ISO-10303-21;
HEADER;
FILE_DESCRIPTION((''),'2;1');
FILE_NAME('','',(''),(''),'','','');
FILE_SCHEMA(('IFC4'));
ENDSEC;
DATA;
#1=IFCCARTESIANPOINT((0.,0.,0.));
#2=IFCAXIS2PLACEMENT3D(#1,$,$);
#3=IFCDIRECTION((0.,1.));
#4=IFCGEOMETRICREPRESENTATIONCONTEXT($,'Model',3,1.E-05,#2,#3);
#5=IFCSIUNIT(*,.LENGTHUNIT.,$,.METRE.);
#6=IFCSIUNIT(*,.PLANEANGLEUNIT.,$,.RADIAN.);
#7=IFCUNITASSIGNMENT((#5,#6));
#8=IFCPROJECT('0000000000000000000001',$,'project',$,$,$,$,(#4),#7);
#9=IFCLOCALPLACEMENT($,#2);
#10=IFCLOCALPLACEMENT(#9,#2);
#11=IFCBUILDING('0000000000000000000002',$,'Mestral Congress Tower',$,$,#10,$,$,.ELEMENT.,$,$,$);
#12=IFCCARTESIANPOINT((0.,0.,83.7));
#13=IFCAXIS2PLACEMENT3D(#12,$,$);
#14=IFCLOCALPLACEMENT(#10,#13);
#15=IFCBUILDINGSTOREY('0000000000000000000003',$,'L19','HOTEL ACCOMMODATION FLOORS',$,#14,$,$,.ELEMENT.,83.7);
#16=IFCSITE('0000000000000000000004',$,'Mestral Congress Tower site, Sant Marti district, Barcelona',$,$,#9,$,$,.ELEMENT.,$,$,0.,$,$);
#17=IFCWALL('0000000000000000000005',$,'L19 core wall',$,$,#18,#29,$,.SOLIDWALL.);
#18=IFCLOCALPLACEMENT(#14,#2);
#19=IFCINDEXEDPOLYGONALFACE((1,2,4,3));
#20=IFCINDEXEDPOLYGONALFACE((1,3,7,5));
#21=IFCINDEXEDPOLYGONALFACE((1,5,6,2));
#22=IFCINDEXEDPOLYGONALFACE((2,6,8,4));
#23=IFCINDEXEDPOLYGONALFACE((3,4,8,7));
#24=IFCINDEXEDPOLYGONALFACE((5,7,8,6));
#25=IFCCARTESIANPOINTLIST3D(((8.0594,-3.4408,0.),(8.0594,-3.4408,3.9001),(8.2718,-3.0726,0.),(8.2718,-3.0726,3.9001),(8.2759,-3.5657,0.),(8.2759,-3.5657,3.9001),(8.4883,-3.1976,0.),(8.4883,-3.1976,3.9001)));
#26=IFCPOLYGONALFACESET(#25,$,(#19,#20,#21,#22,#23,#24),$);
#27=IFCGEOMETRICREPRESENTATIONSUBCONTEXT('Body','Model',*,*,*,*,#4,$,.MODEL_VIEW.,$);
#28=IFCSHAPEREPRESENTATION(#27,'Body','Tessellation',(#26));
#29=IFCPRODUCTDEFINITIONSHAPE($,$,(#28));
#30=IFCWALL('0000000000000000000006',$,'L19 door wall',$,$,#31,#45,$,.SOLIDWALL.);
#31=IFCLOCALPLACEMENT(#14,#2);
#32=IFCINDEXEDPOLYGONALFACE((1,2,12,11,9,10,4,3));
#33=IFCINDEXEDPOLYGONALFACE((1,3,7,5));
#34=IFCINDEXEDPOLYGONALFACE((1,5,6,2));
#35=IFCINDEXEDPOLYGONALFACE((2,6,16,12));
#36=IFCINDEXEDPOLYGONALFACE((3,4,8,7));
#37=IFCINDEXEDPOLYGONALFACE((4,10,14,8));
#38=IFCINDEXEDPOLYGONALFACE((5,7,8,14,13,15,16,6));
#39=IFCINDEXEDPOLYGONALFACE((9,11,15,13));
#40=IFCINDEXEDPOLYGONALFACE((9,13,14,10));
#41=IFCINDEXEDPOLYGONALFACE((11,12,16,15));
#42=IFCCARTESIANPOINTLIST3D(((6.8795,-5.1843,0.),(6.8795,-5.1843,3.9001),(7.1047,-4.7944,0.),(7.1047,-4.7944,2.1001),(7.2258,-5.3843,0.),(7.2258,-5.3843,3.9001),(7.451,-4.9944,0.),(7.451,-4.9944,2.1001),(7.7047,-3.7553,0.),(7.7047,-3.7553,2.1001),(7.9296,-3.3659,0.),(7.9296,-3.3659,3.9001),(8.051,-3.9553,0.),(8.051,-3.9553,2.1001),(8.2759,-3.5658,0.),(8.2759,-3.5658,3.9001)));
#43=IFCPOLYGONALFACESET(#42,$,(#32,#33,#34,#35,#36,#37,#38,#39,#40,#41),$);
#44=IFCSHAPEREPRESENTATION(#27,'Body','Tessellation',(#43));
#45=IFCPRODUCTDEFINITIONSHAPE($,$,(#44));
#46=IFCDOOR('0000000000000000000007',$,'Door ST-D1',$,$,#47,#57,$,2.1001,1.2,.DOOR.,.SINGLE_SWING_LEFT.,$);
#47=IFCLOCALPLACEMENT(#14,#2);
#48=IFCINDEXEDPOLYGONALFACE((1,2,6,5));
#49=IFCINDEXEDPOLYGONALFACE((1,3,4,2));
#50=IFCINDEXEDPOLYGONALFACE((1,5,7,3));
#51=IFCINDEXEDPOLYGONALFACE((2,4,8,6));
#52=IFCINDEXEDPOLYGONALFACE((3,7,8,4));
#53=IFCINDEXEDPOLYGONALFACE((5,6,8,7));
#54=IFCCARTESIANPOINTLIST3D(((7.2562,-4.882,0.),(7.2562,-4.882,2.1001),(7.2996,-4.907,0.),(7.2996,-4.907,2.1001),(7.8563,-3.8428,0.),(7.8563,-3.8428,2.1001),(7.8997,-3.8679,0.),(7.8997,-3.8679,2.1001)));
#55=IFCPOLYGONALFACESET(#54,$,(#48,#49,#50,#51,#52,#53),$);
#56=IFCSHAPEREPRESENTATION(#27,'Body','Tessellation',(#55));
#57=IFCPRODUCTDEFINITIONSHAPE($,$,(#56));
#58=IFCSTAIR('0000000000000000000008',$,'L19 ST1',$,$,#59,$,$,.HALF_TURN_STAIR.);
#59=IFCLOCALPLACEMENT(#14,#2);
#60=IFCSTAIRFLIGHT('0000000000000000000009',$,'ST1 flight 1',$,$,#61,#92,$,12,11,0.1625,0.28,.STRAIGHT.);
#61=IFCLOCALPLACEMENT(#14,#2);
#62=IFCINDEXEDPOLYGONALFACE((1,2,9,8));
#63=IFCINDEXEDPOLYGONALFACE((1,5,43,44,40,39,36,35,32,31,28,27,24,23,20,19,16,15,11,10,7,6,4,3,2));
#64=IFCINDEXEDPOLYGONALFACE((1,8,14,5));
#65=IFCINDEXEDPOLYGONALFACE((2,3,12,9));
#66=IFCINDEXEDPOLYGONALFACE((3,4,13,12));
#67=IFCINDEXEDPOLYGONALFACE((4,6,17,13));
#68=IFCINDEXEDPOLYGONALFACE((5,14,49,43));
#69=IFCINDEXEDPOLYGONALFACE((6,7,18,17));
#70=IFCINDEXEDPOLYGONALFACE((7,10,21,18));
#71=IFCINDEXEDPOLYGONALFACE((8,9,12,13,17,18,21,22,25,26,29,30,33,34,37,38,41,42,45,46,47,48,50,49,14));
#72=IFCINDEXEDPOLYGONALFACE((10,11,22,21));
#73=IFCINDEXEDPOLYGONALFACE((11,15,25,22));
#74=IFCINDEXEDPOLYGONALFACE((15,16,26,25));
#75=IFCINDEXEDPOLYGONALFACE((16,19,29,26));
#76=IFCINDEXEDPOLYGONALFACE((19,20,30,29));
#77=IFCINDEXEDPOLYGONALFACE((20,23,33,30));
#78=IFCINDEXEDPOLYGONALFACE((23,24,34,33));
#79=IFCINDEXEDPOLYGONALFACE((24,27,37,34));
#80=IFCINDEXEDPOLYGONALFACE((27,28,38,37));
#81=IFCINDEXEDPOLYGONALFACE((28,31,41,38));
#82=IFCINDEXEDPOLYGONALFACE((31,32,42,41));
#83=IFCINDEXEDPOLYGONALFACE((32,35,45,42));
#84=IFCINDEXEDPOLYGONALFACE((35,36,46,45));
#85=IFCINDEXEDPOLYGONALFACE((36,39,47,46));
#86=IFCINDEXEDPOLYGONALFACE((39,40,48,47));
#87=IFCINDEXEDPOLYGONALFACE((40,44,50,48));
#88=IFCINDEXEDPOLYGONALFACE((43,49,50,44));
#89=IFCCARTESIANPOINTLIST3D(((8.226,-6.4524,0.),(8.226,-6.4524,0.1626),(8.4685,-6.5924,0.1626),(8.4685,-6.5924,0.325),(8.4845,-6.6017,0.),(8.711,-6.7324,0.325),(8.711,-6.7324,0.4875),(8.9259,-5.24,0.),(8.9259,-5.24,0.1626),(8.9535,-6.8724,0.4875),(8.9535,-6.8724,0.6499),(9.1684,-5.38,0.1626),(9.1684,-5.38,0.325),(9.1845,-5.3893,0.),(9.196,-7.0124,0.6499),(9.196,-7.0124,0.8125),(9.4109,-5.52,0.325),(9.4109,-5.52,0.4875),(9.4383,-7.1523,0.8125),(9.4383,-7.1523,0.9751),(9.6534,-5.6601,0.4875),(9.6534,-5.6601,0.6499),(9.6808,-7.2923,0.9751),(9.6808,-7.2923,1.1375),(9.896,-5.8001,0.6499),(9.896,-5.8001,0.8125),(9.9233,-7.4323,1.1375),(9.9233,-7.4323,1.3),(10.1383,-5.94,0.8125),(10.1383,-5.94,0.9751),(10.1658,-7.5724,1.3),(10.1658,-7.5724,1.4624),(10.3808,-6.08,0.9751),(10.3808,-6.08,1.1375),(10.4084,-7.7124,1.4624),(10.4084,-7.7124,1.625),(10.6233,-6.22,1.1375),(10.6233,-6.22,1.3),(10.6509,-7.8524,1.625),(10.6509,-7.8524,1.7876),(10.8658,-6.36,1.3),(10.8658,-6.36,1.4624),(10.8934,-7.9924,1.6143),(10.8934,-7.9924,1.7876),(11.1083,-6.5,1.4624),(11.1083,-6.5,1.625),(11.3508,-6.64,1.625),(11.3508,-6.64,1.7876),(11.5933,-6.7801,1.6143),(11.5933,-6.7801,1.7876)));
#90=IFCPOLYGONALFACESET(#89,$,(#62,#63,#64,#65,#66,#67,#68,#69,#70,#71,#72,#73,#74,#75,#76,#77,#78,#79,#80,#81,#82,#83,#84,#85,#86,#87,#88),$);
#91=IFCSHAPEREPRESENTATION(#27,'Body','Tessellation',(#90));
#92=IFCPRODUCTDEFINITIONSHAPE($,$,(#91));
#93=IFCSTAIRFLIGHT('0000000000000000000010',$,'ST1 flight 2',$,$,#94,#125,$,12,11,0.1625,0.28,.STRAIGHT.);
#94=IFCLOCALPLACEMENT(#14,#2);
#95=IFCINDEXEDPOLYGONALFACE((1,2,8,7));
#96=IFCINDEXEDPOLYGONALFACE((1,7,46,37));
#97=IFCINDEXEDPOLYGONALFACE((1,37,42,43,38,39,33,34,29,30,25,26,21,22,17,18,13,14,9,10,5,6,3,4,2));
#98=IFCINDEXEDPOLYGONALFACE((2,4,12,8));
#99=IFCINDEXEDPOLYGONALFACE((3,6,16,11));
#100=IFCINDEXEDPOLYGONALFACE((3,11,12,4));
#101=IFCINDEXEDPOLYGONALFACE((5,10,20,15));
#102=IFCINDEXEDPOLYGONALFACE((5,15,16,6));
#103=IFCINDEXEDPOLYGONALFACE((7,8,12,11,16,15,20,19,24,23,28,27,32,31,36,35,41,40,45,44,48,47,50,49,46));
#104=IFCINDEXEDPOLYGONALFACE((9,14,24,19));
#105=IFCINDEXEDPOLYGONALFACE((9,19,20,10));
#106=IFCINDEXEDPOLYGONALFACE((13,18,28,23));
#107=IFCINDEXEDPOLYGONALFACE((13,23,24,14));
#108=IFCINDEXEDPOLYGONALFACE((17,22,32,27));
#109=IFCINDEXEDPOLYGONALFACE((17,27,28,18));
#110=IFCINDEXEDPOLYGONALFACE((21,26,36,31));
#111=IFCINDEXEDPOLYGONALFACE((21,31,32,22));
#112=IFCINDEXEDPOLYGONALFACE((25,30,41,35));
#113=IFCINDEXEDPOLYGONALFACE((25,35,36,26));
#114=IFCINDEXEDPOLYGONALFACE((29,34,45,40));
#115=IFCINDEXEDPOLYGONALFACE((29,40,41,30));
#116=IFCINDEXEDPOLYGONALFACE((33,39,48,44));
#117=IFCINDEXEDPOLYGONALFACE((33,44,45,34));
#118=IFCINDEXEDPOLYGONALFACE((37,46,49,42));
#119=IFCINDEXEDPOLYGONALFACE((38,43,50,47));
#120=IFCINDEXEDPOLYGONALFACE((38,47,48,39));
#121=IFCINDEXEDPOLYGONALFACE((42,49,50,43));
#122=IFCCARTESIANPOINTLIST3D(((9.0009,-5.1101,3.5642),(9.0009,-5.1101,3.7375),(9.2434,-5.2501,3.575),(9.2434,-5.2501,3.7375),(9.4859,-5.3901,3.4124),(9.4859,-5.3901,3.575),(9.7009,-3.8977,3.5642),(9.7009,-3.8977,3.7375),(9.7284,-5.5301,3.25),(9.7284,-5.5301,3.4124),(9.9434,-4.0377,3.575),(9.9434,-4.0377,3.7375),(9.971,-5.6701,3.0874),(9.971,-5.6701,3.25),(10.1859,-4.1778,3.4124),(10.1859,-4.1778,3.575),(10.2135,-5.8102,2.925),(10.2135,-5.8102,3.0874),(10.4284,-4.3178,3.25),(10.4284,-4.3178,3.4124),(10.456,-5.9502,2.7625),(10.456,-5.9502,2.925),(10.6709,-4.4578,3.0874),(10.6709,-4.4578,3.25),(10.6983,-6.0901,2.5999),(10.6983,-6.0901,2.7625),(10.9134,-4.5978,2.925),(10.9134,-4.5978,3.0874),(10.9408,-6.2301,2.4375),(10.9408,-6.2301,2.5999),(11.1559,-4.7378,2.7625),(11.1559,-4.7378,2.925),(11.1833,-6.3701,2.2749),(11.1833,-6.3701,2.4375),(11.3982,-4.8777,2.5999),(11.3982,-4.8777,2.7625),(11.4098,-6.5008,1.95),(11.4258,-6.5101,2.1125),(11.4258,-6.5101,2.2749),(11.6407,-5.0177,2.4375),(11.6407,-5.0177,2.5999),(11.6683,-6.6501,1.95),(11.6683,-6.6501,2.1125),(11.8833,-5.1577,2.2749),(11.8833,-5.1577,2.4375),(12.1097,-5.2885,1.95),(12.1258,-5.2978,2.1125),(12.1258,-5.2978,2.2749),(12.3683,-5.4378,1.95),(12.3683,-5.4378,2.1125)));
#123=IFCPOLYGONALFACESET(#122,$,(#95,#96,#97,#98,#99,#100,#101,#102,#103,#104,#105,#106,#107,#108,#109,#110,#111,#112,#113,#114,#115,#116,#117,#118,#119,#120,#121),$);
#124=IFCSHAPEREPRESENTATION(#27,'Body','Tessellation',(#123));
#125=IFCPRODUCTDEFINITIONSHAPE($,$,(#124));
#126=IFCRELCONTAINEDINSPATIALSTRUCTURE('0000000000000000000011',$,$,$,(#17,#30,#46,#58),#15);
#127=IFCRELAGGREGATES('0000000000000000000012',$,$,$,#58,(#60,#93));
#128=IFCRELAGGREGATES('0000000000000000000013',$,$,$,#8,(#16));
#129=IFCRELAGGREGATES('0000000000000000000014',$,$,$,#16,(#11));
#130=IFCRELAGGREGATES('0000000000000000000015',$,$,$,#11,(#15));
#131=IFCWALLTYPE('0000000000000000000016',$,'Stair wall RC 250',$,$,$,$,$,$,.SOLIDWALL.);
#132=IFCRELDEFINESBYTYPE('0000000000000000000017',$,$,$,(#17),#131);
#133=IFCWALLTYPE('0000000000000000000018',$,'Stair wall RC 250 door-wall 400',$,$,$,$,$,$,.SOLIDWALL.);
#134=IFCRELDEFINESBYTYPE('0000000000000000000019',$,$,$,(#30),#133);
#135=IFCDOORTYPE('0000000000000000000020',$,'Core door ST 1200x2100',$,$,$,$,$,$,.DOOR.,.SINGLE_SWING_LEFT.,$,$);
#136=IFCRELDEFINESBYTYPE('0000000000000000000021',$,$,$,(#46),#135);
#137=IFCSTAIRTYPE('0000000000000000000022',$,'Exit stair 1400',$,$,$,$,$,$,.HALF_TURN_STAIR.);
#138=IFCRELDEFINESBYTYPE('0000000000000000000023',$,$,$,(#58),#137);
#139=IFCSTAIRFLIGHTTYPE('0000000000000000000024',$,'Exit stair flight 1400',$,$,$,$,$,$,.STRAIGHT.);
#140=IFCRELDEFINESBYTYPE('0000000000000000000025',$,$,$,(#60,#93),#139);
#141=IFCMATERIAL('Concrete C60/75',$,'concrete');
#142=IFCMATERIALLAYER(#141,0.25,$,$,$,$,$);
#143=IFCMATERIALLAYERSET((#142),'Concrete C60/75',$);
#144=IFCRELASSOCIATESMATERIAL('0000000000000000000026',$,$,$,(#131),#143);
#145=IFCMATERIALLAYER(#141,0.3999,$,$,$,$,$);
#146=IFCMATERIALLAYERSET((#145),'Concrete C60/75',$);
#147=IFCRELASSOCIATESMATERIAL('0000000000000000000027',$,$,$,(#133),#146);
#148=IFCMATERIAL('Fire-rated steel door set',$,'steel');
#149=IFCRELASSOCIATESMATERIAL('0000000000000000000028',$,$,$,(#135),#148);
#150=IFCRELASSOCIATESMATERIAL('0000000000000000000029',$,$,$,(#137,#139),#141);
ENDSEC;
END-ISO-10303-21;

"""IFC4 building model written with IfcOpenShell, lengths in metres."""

from ifc_helpers import new_model, si_unit, direction, frame, frame_2d, origin, place, context, subcontext, project, spatial, polyline, rectangle, outline, extrude, material, layer, layer_set, type_object, element, fill, aggregate, save


model = new_model("IFC4")

# Units and contexts
model_context = context("Model", 3, precision=1e-05, world=origin(), true_north=direction((0.0, 1.0)))
body_context = subcontext(model_context, "Body", "Model", "MODEL_VIEW")
ifc_project = project(units=[si_unit("LENGTHUNIT", "METRE"), si_unit("PLANEANGLEUNIT", "RADIAN")], contexts=[model_context])

# Site, building, storey
site_placement = place(None, origin())
site = spatial("IfcSite", under=ifc_project, at=site_placement, Name="Mestral Congress Tower site, Sant Marti district, Barcelona", CompositionType="ELEMENT", RefElevation=0.0)
building_placement = place(site_placement, origin())
building = spatial("IfcBuilding", under=site, at=building_placement, Name="Mestral Congress Tower", CompositionType="ELEMENT")
storey_placement = place(building_placement, frame((0.0, 0.0, 83.7)))
storey = spatial("IfcBuildingStorey", under=building, at=storey_placement, Name="L19", Description="HOTEL ACCOMMODATION FLOORS", CompositionType="ELEMENT", Elevation=83.7)

# Shared definitions
ifc_material_1 = material(Name="Fire-rated steel door set", Category="steel")

# Shared definitions
ifc_material_2 = material(Name="Concrete C60/75", Category="concrete")

# Wall
ifc_layer_1 = layer(ifc_material_2, 0.25)
ifc_layer_set_1 = layer_set([ifc_layer_1], Name="Concrete C60/75")
wall_type_1 = type_object("IfcWallType", Name="Stair wall RC 250", PredefinedType="SOLIDWALL", material=ifc_layer_set_1)
wall_1_placement = place(storey_placement, frame((8.1677, -3.5032, 0.0), z_axis=(0.0, 0.0, 1.0), x_axis=(0.499722, 0.866186, 0.0)))
element("IfcWall", 1, at=wall_1_placement, inside=storey, type_object=wall_type_1, Name="L19 core wall", PredefinedType="SOLIDWALL", context=body_context, shape_type="SweptSolid", body=[
    extrude(rectangle(XDim=0.425, YDim=0.25, at=frame_2d((0.2124, 0.0))), origin(), (0.0, 0.0, 1.0), 3.9001),
])

# Wall, opening, door
ifc_layer_2 = layer(ifc_material_2, 0.3999)
ifc_layer_set_2 = layer_set([ifc_layer_2], Name="Concrete C60/75")
wall_type_2 = type_object("IfcWallType", Name="Stair wall RC 250 door-wall 400", PredefinedType="SOLIDWALL", material=ifc_layer_set_2)
wall_2_placement = place(storey_placement, frame((7.0527, -5.2842, 0.0), z_axis=(0.0, 0.0, 1.0), x_axis=(0.500078, 0.86598, 0.0)))
wall_2 = element("IfcWall", 2, at=wall_2_placement, inside=storey, type_object=wall_type_2, Name="L19 door wall", PredefinedType="SOLIDWALL", context=body_context, shape_type="SweptSolid", body=[
    extrude(rectangle(XDim=2.0999, YDim=0.3999, at=frame_2d((1.0498, 0.0))), origin(), (0.0, 0.0, 1.0), 3.9001),
])
opening_1_placement = place(wall_2_placement, frame((0.45, 0.0, 0.0)))
opening_1 = element("IfcOpeningElement", 3, at=opening_1_placement, cuts=wall_2, PredefinedType="OPENING", context=body_context, shape_type="SweptSolid", body=[
    extrude(rectangle(XDim=1.2, YDim=2.1001, at=frame_2d((0.6001, 1.05))), frame((0.0, 0.21, 0.0), z_axis=(0.0, -1.0, 0.0), x_axis=(1.0, 0.0, 0.0)), (0.0, 0.0, 1.0), 0.4199),
])
door_type_1 = type_object("IfcDoorType", Name="Core door ST 1200x2100", OperationType="SINGLE_SWING_LEFT", PredefinedType="DOOR", material=ifc_material_1)
door_1_placement = place(opening_1_placement, origin())
door_1 = element("IfcDoor", 4, at=door_1_placement, inside=storey, type_object=door_type_1, Name="Door ST-D1", OperationType="SINGLE_SWING_LEFT", OverallHeight=2.1001, OverallWidth=1.2, PredefinedType="DOOR", context=body_context, shape_type="SweptSolid", body=[
    extrude(rectangle(XDim=1.2, YDim=2.1001, at=frame_2d((0.6001, 1.05))), frame((0.0, 0.0249, 0.0), z_axis=(0.0, -1.0, 0.0), x_axis=(1.0, 0.0, 0.0)), (0.0, 0.0, 1.0), 0.05),
])
fill(opening_1, door_1)

# Stair, stair flights
stair_type = type_object("IfcStairType", Name="Exit stair 1400", PredefinedType="HALF_TURN_STAIR", material=ifc_material_2)
stair_placement = place(storey_placement, origin())
stair = element("IfcStair", 5, at=stair_placement, inside=storey, type_object=stair_type, Name="L19 ST1", PredefinedType="HALF_TURN_STAIR")
stair_flight_type = type_object("IfcStairFlightType", Name="Exit stair flight 1400", PredefinedType="STRAIGHT", material=ifc_material_2)
stair_flight_1_placement = place(storey_placement, frame((8.5759, -5.8462, 0.0), z_axis=(0.0, 0.0, 1.0), x_axis=(0.866025, -0.5, 0.0)))
stair_flight_1 = element("IfcStairFlight", 6, at=stair_flight_1_placement, type_object=stair_flight_type, Name="ST1 flight 1", NumberOfRisers=12, NumberOfTreads=11, PredefinedType="STRAIGHT", RiserHeight=0.1625, TreadLength=0.28, context=body_context, shape_type="SweptSolid", body=[
    extrude(outline(polyline([(0.0, 0.0), (0.0, 0.1626), (0.28, 0.1626), (0.28, 0.325), (0.5601, 0.325), (0.5601, 0.4875), (0.8401, 0.4875), (0.8401, 0.6499), (1.1201, 0.6499), (1.1201, 0.8125), (1.3999, 0.8125), (1.3999, 0.9751), (1.6799, 0.9751), (1.6799, 1.1375), (1.96, 1.1375), (1.96, 1.3), (2.24, 1.3), (2.24, 1.4624), (2.52, 1.4624), (2.52, 1.625), (2.8, 1.625), (2.8, 1.7876), (3.0801, 1.7876), (3.0801, 1.95), (3.0801, 1.6143), (0.2986, 0.0), (0.0, 0.0)])), frame((0.0, 0.7, 0.0), z_axis=(0.0, -1.0, 0.0), x_axis=(1.0, 0.0, 0.0)), (0.0, 0.0, 1.0), 1.3999),
])
stair_flight_2_placement = place(storey_placement, frame((12.0183, -6.0439, 1.95), z_axis=(0.0, 0.0, 1.0), x_axis=(-0.866025, 0.5, 0.0)))
stair_flight_2 = element("IfcStairFlight", 7, at=stair_flight_2_placement, type_object=stair_flight_type, Name="ST1 flight 2", NumberOfRisers=12, NumberOfTreads=11, PredefinedType="STRAIGHT", RiserHeight=0.1625, TreadLength=0.28, context=body_context, shape_type="SweptSolid", body=[
    extrude(outline(polyline([(0.0, 0.0), (0.0, 0.1626), (0.28, 0.1626), (0.28, 0.325), (0.5601, 0.325), (0.5601, 0.4875), (0.8401, 0.4875), (0.8401, 0.6499), (1.1201, 0.6499), (1.1201, 0.8125), (1.3999, 0.8125), (1.3999, 0.9751), (1.6799, 0.9751), (1.6799, 1.1375), (1.96, 1.1375), (1.96, 1.3), (2.24, 1.3), (2.24, 1.4624), (2.52, 1.4624), (2.52, 1.625), (2.8, 1.625), (2.8, 1.7876), (3.0801, 1.7876), (3.0801, 1.95), (3.0801, 1.6143), (0.2986, 0.0), (0.0, 0.0)])), frame((0.0, 0.7, 0.0), z_axis=(0.0, -1.0, 0.0), x_axis=(1.0, 0.0, 0.0)), (0.0, 0.0, 1.0), 1.3999),
])
aggregate(stair, [stair_flight_1, stair_flight_2])

save(model, "model.ifc")
